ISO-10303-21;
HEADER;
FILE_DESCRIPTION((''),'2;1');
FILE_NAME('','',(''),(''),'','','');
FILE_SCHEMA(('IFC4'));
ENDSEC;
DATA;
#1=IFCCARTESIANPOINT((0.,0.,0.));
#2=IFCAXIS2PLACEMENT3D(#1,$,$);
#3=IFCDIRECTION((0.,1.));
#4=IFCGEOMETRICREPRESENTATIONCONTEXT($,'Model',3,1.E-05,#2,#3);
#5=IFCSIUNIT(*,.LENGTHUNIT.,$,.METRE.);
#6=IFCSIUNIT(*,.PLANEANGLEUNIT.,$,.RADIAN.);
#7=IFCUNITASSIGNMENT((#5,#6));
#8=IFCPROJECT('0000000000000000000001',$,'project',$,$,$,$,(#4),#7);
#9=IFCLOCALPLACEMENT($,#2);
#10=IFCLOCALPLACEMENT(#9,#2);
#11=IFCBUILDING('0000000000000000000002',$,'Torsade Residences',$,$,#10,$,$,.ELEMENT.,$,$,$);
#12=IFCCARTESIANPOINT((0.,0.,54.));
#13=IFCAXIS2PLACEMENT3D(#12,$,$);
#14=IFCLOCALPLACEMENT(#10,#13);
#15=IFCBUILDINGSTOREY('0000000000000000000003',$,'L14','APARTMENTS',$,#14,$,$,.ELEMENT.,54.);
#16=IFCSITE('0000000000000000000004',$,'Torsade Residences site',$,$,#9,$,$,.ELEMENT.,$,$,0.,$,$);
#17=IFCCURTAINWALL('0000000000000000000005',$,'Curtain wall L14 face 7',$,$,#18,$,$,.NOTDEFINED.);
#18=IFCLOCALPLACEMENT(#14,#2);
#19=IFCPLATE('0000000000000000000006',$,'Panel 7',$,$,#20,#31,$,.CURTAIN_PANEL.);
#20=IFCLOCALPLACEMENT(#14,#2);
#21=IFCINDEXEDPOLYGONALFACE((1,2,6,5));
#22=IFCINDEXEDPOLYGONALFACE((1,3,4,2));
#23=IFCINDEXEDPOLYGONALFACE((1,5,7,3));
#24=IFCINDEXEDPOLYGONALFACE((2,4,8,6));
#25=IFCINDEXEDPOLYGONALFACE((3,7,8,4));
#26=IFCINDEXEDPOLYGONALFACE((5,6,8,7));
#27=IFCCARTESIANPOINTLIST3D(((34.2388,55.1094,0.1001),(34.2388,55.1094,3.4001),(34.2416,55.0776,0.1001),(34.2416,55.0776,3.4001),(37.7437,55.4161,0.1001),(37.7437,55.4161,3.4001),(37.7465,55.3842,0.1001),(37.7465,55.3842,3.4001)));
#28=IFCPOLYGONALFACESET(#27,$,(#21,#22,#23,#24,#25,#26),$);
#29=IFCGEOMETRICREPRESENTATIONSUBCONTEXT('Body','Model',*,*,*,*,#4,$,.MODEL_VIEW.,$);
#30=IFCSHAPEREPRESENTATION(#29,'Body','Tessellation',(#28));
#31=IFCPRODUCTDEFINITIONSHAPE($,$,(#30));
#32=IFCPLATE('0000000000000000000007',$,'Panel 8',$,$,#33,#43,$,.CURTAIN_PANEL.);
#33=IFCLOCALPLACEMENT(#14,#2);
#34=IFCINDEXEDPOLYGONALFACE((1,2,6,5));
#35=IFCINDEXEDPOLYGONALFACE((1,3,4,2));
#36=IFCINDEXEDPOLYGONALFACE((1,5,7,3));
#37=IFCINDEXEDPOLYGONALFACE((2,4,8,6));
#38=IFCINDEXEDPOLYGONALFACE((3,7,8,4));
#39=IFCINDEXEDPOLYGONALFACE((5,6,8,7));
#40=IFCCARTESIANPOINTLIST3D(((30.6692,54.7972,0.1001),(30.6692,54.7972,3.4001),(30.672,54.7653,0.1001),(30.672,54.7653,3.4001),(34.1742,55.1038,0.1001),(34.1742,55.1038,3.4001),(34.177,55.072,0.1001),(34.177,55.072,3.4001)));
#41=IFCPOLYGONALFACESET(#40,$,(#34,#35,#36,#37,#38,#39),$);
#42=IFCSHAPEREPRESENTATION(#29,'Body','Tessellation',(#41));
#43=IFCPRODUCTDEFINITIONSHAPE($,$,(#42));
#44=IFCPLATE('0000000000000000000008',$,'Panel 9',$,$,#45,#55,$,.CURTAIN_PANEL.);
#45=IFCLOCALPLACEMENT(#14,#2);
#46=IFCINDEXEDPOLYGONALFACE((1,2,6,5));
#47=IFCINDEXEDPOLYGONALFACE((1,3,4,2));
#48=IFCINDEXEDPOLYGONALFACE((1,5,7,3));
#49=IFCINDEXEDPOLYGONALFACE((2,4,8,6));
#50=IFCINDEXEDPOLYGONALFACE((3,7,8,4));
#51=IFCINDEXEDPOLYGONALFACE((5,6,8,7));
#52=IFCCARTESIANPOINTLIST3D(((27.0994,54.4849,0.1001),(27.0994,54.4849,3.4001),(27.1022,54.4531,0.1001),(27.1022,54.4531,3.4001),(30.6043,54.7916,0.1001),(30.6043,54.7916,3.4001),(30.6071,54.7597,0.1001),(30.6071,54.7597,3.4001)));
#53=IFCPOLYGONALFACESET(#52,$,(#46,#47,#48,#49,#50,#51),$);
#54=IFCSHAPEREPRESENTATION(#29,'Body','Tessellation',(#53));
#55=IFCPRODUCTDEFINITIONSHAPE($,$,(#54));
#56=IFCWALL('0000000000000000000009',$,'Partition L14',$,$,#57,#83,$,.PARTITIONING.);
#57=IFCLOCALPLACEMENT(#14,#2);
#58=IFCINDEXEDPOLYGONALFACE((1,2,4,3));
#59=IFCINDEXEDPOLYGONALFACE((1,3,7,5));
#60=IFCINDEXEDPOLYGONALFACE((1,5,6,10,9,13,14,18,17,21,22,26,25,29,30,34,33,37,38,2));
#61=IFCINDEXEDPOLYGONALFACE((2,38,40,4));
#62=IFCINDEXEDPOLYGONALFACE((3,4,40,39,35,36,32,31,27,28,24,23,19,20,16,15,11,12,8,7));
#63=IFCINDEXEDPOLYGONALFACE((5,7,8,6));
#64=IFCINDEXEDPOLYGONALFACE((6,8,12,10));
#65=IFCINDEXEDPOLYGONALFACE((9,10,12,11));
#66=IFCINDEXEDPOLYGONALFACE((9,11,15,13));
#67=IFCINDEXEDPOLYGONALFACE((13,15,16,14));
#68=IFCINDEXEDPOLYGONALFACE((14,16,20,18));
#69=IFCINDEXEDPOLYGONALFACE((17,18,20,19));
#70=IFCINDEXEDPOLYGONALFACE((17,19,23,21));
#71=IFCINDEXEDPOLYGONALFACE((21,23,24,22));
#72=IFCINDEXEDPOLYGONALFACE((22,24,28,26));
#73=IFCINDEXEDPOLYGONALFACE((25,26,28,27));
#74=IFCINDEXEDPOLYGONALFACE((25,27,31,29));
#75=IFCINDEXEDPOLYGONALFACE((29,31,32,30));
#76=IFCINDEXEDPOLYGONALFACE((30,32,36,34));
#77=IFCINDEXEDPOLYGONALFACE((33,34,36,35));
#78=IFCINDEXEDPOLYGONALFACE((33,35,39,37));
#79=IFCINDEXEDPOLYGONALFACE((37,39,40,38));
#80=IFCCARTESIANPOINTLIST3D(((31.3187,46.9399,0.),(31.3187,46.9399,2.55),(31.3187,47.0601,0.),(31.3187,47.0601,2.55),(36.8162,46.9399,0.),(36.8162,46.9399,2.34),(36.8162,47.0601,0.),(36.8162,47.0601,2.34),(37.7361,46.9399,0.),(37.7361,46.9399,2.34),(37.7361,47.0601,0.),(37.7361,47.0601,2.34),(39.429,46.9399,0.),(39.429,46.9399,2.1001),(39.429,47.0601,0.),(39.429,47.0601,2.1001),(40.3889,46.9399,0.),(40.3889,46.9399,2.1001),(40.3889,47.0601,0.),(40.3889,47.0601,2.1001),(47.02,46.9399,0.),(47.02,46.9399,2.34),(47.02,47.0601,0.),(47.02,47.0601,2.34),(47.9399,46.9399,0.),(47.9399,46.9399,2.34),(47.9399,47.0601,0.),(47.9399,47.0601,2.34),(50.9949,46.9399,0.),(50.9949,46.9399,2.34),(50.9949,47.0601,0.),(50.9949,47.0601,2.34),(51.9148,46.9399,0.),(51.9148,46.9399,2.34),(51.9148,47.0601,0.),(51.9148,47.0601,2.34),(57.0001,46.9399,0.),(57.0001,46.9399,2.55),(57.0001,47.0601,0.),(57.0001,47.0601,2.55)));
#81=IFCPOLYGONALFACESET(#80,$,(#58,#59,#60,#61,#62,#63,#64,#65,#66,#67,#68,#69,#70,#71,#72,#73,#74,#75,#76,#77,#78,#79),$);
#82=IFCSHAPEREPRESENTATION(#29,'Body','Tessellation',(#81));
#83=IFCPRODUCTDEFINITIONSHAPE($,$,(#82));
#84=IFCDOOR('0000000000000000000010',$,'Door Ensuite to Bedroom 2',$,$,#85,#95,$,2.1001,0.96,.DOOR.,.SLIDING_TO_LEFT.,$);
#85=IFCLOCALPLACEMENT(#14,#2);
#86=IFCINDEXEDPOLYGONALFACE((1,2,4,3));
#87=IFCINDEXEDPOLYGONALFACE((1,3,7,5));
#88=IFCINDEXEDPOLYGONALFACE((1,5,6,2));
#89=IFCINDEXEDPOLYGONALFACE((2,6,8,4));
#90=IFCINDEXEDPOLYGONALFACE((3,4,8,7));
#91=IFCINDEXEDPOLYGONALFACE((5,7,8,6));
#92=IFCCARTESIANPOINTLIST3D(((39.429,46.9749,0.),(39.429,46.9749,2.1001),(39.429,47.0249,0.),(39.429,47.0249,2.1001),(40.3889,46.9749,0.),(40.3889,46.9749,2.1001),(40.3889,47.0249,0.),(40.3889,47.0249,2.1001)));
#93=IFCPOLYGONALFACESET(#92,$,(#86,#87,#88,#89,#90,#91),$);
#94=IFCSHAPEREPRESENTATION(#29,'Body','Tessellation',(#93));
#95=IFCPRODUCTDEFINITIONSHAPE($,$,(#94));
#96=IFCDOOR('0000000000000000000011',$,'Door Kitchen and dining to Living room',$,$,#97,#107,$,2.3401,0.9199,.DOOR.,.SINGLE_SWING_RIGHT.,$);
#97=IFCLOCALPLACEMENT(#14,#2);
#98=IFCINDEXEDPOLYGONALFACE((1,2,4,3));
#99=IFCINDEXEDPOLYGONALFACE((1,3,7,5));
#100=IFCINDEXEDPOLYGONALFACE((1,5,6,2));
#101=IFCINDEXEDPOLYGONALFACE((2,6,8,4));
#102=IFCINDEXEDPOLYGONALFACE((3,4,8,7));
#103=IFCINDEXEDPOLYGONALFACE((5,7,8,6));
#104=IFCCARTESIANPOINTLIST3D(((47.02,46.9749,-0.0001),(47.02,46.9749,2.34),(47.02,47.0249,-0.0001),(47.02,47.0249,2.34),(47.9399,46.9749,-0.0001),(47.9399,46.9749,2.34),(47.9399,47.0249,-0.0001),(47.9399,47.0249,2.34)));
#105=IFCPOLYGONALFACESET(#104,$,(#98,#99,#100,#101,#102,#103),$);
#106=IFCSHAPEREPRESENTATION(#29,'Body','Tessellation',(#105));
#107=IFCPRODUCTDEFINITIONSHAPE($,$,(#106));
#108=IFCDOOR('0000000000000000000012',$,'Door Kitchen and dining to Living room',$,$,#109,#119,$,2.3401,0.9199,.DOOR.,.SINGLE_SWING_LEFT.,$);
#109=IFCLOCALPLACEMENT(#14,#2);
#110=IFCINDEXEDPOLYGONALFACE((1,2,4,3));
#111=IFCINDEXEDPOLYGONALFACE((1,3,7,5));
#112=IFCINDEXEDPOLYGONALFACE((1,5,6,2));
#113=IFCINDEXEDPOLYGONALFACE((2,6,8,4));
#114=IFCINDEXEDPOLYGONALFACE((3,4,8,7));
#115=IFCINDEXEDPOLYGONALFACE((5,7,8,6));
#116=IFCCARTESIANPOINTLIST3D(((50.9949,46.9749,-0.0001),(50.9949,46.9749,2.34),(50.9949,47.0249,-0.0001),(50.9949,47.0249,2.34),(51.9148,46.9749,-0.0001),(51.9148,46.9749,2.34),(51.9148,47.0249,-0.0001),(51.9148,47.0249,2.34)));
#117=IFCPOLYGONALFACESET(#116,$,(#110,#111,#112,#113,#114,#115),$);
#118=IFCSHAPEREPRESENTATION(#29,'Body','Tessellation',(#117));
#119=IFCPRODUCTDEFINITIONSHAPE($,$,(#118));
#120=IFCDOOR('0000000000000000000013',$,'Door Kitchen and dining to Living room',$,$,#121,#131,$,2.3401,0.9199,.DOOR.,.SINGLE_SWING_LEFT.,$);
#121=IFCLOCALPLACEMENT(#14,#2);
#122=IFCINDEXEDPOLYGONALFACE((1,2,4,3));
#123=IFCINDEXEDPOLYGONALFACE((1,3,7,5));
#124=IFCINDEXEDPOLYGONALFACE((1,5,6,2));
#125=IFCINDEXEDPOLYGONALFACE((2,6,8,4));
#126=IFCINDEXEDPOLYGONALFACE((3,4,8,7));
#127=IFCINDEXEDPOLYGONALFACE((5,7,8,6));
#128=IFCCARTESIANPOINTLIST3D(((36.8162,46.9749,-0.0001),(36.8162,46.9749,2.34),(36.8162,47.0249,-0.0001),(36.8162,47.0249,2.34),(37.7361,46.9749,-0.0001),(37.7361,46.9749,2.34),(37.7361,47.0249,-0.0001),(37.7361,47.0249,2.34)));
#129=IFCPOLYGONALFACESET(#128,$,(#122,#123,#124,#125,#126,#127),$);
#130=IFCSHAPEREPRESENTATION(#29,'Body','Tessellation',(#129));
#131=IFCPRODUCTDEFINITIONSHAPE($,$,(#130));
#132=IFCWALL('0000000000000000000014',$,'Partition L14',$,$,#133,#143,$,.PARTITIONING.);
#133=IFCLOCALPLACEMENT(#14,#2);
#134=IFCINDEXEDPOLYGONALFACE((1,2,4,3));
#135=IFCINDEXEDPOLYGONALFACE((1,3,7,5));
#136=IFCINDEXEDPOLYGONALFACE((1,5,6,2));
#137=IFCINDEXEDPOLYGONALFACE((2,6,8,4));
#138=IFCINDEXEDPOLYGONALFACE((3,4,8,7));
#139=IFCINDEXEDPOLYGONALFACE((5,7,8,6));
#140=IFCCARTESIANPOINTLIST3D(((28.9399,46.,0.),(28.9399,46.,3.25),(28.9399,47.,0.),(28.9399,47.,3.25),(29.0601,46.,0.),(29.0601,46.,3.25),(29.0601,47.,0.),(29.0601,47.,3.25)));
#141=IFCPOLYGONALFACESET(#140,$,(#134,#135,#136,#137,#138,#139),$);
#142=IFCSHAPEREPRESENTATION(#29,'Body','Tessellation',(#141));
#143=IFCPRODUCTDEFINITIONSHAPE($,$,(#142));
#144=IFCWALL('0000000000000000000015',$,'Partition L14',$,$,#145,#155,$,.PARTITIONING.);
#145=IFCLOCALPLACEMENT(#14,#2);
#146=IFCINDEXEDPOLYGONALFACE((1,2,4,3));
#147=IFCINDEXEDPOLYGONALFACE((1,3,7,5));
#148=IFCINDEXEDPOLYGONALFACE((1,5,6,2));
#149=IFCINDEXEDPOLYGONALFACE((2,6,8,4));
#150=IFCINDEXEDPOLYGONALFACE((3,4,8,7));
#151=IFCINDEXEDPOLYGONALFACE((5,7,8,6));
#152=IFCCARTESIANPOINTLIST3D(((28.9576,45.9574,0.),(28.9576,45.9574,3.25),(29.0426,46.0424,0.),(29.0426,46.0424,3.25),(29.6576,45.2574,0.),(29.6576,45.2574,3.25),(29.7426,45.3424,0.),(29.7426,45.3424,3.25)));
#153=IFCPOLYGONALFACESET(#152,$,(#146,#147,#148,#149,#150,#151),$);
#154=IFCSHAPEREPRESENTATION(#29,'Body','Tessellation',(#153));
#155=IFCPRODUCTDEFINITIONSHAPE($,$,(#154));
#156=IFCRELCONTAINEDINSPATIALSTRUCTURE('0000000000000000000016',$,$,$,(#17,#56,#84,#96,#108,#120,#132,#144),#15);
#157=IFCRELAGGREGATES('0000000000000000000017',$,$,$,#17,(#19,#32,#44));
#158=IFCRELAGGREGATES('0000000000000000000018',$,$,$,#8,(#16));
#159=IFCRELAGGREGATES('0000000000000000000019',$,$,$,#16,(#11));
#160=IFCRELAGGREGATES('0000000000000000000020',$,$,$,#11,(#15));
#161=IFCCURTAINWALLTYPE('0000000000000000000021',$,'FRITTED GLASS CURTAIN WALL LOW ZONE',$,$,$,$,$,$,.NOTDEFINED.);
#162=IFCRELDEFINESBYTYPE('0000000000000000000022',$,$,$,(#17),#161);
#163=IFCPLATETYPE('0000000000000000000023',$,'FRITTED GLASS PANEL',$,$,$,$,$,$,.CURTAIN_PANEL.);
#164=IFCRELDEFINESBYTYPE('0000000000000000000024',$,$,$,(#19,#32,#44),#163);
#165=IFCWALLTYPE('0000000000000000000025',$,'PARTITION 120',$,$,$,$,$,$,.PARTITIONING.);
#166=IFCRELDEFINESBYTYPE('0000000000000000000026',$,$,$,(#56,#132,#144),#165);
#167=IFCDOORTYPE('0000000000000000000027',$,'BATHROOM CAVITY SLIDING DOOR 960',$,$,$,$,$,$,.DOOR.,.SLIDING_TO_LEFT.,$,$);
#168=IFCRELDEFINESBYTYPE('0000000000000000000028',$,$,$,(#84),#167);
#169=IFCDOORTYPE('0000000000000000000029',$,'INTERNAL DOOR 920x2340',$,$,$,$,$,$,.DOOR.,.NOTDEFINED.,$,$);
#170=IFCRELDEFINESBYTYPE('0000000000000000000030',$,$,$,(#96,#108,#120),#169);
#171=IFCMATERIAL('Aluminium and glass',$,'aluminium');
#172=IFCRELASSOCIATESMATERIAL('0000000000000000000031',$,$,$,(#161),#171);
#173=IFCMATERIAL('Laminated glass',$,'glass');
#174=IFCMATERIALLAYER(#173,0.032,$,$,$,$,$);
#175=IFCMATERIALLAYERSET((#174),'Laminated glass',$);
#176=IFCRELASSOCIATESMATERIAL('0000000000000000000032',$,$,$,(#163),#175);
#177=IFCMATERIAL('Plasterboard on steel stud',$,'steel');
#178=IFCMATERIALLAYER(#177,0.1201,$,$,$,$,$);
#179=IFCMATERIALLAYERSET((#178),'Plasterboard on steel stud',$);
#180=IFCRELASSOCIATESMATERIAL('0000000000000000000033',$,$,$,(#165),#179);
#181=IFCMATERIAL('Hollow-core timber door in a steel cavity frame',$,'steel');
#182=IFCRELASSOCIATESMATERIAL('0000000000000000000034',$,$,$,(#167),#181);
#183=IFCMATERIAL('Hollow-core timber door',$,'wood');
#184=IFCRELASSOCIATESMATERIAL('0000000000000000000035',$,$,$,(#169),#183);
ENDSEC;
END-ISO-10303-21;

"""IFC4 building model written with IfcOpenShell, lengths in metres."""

from ifc_helpers import new_model, si_unit, direction, frame, frame_2d, origin, origin_2d, place, context, subcontext, project, spatial, rectangle, extrude, material, layer, layer_set, type_object, element, fill, aggregate, save


model = new_model("IFC4")

# Units and contexts
model_context = context("Model", 3, precision=1e-05, world=origin(), true_north=direction((0.0, 1.0)))
body_context = subcontext(model_context, "Body", "Model", "MODEL_VIEW")
ifc_project = project(units=[si_unit("LENGTHUNIT", "METRE"), si_unit("PLANEANGLEUNIT", "RADIAN")], contexts=[model_context])

# Site, building, storey
site_placement = place(None, origin())
site = spatial("IfcSite", under=ifc_project, at=site_placement, Name="Torsade Residences site", CompositionType="ELEMENT", RefElevation=0.0)
building_placement = place(site_placement, origin())
building = spatial("IfcBuilding", under=site, at=building_placement, Name="Torsade Residences", CompositionType="ELEMENT")
storey_placement = place(building_placement, frame((0.0, 0.0, 54.0)))
storey = spatial("IfcBuildingStorey", under=building, at=storey_placement, Name="L14", Description="APARTMENTS", CompositionType="ELEMENT", Elevation=54.0)

# Curtain wall
ifc_material_1 = material(Name="Aluminium and glass", Category="aluminium")
curtain_wall_type = type_object("IfcCurtainWallType", Name="FRITTED GLASS CURTAIN WALL LOW ZONE", PredefinedType="NOTDEFINED", material=ifc_material_1)
curtain_wall_placement = place(storey_placement, origin())
curtain_wall = element("IfcCurtainWall", 1, at=curtain_wall_placement, inside=storey, type_object=curtain_wall_type, Name="Curtain wall L14 face 7", PredefinedType="NOTDEFINED")

# Plates
ifc_material_2 = material(Name="Laminated glass", Category="glass")
ifc_layer_1 = layer(ifc_material_2, 0.032)
ifc_layer_set_1 = layer_set([ifc_layer_1], Name="Laminated glass")
plate_type = type_object("IfcPlateType", Name="FRITTED GLASS PANEL", PredefinedType="CURTAIN_PANEL", material=ifc_layer_set_1)
plate_1_placement = place(storey_placement, frame((35.9927, 55.2468, 0.1001), z_axis=(0.0, 0.0, 1.0), x_axis=(-0.996195, -0.087156, 0.0)))
plate_1 = element("IfcPlate", 2, at=plate_1_placement, type_object=plate_type, Name="Panel 7", PredefinedType="CURTAIN_PANEL", context=body_context, shape_type="SweptSolid", body=[
    extrude(rectangle(XDim=3.5183, YDim=0.032, at=origin_2d()), origin(), (0.0, 0.0, 1.0), 3.3),
])
plate_2_placement = place(storey_placement, frame((32.4231, 54.9346, 0.1001), z_axis=(0.0, 0.0, 1.0), x_axis=(-0.996195, -0.087156, 0.0)))
plate_2 = element("IfcPlate", 3, at=plate_2_placement, type_object=plate_type, Name="Panel 8", PredefinedType="CURTAIN_PANEL", context=body_context, shape_type="SweptSolid", body=[
    extrude(rectangle(XDim=3.5183, YDim=0.032, at=origin_2d()), origin(), (0.0, 0.0, 1.0), 3.3),
])
plate_3_placement = place(storey_placement, frame((28.8533, 54.6223, 0.1001), z_axis=(0.0, 0.0, 1.0), x_axis=(-0.996195, -0.087156, 0.0)))
plate_3 = element("IfcPlate", 4, at=plate_3_placement, type_object=plate_type, Name="Panel 9", PredefinedType="CURTAIN_PANEL", context=body_context, shape_type="SweptSolid", body=[
    extrude(rectangle(XDim=3.5183, YDim=0.032, at=origin_2d()), origin(), (0.0, 0.0, 1.0), 3.3),
])
aggregate(curtain_wall, [plate_1, plate_2, plate_3])

# Wall, openings, doors
ifc_material_3 = material(Name="Plasterboard on steel stud", Category="steel")
ifc_layer_2 = layer(ifc_material_3, 0.1201)
ifc_layer_set_2 = layer_set([ifc_layer_2], Name="Plasterboard on steel stud")
wall_type_1 = type_object("IfcWallType", Name="PARTITION 120", PredefinedType="PARTITIONING", material=ifc_layer_set_2)
wall_1_placement = place(storey_placement, frame((31.3186, 47.0, 0.0), z_axis=(0.0, 0.0, 1.0), x_axis=(1.0, 0.0, 0.0)))
wall_1 = element("IfcWall", 5, at=wall_1_placement, inside=storey, type_object=wall_type_1, Name="Partition L14", PredefinedType="PARTITIONING", context=body_context, shape_type="SweptSolid", body=[
    extrude(rectangle(XDim=25.6814, YDim=0.1201, at=frame_2d((12.8408, 0.0))), origin(), (0.0, 0.0, 1.0), 2.55),
])
opening_1_placement = place(wall_1_placement, frame((15.7014, 0.0, 0.0)))
opening_1 = element("IfcOpeningElement", 6, at=opening_1_placement, cuts=wall_1, PredefinedType="OPENING", context=body_context, shape_type="SweptSolid", body=[
    extrude(rectangle(XDim=0.9199, YDim=2.3401, at=frame_2d((0.46, 1.1699))), frame((0.0, 0.0701, 0.0), z_axis=(0.0, -1.0, 0.0), x_axis=(1.0, 0.0, 0.0)), (0.0, 0.0, 1.0), 0.1401),
])
opening_2_placement = place(wall_1_placement, frame((19.6763, 0.0, 0.0)))
opening_2 = element("IfcOpeningElement", 7, at=opening_2_placement, cuts=wall_1, PredefinedType="OPENING", context=body_context, shape_type="SweptSolid", body=[
    extrude(rectangle(XDim=0.9199, YDim=2.3401, at=frame_2d((0.46, 1.1699))), frame((0.0, 0.0701, 0.0), z_axis=(0.0, -1.0, 0.0), x_axis=(1.0, 0.0, 0.0)), (0.0, 0.0, 1.0), 0.1401),
])
opening_3_placement = place(wall_1_placement, frame((5.4976, 0.0, 0.0)))
opening_3 = element("IfcOpeningElement", 8, at=opening_3_placement, cuts=wall_1, PredefinedType="OPENING", context=body_context, shape_type="SweptSolid", body=[
    extrude(rectangle(XDim=0.9199, YDim=2.3401, at=frame_2d((0.46, 1.1699))), frame((0.0, 0.0701, 0.0), z_axis=(0.0, -1.0, 0.0), x_axis=(1.0, 0.0, 0.0)), (0.0, 0.0, 1.0), 0.1401),
])
opening_4_placement = place(wall_1_placement, frame((8.1104, 0.0, 0.0)))
opening_4 = element("IfcOpeningElement", 9, at=opening_4_placement, cuts=wall_1, PredefinedType="OPENING", context=body_context, shape_type="SweptSolid", body=[
    extrude(rectangle(XDim=0.96, YDim=2.1001, at=frame_2d((0.48, 1.05))), frame((0.0, 0.0701, 0.0), z_axis=(0.0, -1.0, 0.0), x_axis=(1.0, 0.0, 0.0)), (0.0, 0.0, 1.0), 0.1401),
])
ifc_material_4 = material(Name="Hollow-core timber door in a steel cavity frame", Category="steel")
door_type_1 = type_object("IfcDoorType", Name="BATHROOM CAVITY SLIDING DOOR 960", OperationType="SLIDING_TO_LEFT", PredefinedType="DOOR", material=ifc_material_4)
door_1_placement = place(opening_4_placement, origin())
door_1 = element("IfcDoor", 10, at=door_1_placement, inside=storey, type_object=door_type_1, Name="Door Ensuite to Bedroom 2", OperationType="SLIDING_TO_LEFT", OverallHeight=2.1001, OverallWidth=0.96, PredefinedType="DOOR", context=body_context, shape_type="SweptSolid", body=[
    extrude(rectangle(XDim=0.96, YDim=2.1001, at=frame_2d((0.48, 1.05))), frame((0.0, 0.0249, 0.0), z_axis=(0.0, -1.0, 0.0), x_axis=(1.0, 0.0, 0.0)), (0.0, 0.0, 1.0), 0.05),
])
fill(opening_4, door_1)
ifc_material_5 = material(Name="Hollow-core timber door", Category="wood")
door_type_2 = type_object("IfcDoorType", Name="INTERNAL DOOR 920x2340", OperationType="NOTDEFINED", PredefinedType="DOOR", material=ifc_material_5)
door_2_placement = place(opening_1_placement, origin())
door_2 = element("IfcDoor", 11, at=door_2_placement, inside=storey, type_object=door_type_2, Name="Door Kitchen and dining to Living room", OperationType="SINGLE_SWING_RIGHT", OverallHeight=2.3401, OverallWidth=0.9199, PredefinedType="DOOR", context=body_context, shape_type="SweptSolid", body=[
    extrude(rectangle(XDim=0.9199, YDim=2.3401, at=frame_2d((0.46, 1.1699))), frame((0.0, 0.0249, 0.0), z_axis=(0.0, -1.0, 0.0), x_axis=(1.0, 0.0, 0.0)), (0.0, 0.0, 1.0), 0.05),
])
fill(opening_1, door_2)
door_3_placement = place(opening_2_placement, origin())
door_3 = element("IfcDoor", 12, at=door_3_placement, inside=storey, type_object=door_type_2, Name="Door Kitchen and dining to Living room", OperationType="SINGLE_SWING_LEFT", OverallHeight=2.3401, OverallWidth=0.9199, PredefinedType="DOOR", context=body_context, shape_type="SweptSolid", body=[
    extrude(rectangle(XDim=0.9199, YDim=2.3401, at=frame_2d((0.46, 1.1699))), frame((0.0, 0.0249, 0.0), z_axis=(0.0, -1.0, 0.0), x_axis=(1.0, 0.0, 0.0)), (0.0, 0.0, 1.0), 0.05),
])
fill(opening_2, door_3)
door_4_placement = place(opening_3_placement, origin())
door_4 = element("IfcDoor", 13, at=door_4_placement, inside=storey, type_object=door_type_2, Name="Door Kitchen and dining to Living room", OperationType="SINGLE_SWING_LEFT", OverallHeight=2.3401, OverallWidth=0.9199, PredefinedType="DOOR", context=body_context, shape_type="SweptSolid", body=[
    extrude(rectangle(XDim=0.9199, YDim=2.3401, at=frame_2d((0.46, 1.1699))), frame((0.0, 0.0249, 0.0), z_axis=(0.0, -1.0, 0.0), x_axis=(1.0, 0.0, 0.0)), (0.0, 0.0, 1.0), 0.05),
])
fill(opening_3, door_4)

# Walls
wall_2_placement = place(storey_placement, frame((29.0, 47.0, 0.0), z_axis=(0.0, 0.0, 1.0), x_axis=(0.0, -1.0, 0.0)))
element("IfcWall", 14, at=wall_2_placement, inside=storey, type_object=wall_type_1, Name="Partition L14", PredefinedType="PARTITIONING", context=body_context, shape_type="SweptSolid", body=[
    extrude(rectangle(XDim=1.0, YDim=0.1201, at=frame_2d((0.5, 0.0))), origin(), (0.0, 0.0, 1.0), 3.25),
])
wall_3_placement = place(storey_placement, frame((29.0, 46.0, 0.0), z_axis=(0.0, 0.0, 1.0), x_axis=(0.707107, -0.707107, 0.0)))
element("IfcWall", 15, at=wall_3_placement, inside=storey, type_object=wall_type_1, Name="Partition L14", PredefinedType="PARTITIONING", context=body_context, shape_type="SweptSolid", body=[
    extrude(rectangle(XDim=0.99, YDim=0.1201, at=frame_2d((0.4951, 0.0))), origin(), (0.0, 0.0, 1.0), 3.25),
])

save(model, "model.ifc")
